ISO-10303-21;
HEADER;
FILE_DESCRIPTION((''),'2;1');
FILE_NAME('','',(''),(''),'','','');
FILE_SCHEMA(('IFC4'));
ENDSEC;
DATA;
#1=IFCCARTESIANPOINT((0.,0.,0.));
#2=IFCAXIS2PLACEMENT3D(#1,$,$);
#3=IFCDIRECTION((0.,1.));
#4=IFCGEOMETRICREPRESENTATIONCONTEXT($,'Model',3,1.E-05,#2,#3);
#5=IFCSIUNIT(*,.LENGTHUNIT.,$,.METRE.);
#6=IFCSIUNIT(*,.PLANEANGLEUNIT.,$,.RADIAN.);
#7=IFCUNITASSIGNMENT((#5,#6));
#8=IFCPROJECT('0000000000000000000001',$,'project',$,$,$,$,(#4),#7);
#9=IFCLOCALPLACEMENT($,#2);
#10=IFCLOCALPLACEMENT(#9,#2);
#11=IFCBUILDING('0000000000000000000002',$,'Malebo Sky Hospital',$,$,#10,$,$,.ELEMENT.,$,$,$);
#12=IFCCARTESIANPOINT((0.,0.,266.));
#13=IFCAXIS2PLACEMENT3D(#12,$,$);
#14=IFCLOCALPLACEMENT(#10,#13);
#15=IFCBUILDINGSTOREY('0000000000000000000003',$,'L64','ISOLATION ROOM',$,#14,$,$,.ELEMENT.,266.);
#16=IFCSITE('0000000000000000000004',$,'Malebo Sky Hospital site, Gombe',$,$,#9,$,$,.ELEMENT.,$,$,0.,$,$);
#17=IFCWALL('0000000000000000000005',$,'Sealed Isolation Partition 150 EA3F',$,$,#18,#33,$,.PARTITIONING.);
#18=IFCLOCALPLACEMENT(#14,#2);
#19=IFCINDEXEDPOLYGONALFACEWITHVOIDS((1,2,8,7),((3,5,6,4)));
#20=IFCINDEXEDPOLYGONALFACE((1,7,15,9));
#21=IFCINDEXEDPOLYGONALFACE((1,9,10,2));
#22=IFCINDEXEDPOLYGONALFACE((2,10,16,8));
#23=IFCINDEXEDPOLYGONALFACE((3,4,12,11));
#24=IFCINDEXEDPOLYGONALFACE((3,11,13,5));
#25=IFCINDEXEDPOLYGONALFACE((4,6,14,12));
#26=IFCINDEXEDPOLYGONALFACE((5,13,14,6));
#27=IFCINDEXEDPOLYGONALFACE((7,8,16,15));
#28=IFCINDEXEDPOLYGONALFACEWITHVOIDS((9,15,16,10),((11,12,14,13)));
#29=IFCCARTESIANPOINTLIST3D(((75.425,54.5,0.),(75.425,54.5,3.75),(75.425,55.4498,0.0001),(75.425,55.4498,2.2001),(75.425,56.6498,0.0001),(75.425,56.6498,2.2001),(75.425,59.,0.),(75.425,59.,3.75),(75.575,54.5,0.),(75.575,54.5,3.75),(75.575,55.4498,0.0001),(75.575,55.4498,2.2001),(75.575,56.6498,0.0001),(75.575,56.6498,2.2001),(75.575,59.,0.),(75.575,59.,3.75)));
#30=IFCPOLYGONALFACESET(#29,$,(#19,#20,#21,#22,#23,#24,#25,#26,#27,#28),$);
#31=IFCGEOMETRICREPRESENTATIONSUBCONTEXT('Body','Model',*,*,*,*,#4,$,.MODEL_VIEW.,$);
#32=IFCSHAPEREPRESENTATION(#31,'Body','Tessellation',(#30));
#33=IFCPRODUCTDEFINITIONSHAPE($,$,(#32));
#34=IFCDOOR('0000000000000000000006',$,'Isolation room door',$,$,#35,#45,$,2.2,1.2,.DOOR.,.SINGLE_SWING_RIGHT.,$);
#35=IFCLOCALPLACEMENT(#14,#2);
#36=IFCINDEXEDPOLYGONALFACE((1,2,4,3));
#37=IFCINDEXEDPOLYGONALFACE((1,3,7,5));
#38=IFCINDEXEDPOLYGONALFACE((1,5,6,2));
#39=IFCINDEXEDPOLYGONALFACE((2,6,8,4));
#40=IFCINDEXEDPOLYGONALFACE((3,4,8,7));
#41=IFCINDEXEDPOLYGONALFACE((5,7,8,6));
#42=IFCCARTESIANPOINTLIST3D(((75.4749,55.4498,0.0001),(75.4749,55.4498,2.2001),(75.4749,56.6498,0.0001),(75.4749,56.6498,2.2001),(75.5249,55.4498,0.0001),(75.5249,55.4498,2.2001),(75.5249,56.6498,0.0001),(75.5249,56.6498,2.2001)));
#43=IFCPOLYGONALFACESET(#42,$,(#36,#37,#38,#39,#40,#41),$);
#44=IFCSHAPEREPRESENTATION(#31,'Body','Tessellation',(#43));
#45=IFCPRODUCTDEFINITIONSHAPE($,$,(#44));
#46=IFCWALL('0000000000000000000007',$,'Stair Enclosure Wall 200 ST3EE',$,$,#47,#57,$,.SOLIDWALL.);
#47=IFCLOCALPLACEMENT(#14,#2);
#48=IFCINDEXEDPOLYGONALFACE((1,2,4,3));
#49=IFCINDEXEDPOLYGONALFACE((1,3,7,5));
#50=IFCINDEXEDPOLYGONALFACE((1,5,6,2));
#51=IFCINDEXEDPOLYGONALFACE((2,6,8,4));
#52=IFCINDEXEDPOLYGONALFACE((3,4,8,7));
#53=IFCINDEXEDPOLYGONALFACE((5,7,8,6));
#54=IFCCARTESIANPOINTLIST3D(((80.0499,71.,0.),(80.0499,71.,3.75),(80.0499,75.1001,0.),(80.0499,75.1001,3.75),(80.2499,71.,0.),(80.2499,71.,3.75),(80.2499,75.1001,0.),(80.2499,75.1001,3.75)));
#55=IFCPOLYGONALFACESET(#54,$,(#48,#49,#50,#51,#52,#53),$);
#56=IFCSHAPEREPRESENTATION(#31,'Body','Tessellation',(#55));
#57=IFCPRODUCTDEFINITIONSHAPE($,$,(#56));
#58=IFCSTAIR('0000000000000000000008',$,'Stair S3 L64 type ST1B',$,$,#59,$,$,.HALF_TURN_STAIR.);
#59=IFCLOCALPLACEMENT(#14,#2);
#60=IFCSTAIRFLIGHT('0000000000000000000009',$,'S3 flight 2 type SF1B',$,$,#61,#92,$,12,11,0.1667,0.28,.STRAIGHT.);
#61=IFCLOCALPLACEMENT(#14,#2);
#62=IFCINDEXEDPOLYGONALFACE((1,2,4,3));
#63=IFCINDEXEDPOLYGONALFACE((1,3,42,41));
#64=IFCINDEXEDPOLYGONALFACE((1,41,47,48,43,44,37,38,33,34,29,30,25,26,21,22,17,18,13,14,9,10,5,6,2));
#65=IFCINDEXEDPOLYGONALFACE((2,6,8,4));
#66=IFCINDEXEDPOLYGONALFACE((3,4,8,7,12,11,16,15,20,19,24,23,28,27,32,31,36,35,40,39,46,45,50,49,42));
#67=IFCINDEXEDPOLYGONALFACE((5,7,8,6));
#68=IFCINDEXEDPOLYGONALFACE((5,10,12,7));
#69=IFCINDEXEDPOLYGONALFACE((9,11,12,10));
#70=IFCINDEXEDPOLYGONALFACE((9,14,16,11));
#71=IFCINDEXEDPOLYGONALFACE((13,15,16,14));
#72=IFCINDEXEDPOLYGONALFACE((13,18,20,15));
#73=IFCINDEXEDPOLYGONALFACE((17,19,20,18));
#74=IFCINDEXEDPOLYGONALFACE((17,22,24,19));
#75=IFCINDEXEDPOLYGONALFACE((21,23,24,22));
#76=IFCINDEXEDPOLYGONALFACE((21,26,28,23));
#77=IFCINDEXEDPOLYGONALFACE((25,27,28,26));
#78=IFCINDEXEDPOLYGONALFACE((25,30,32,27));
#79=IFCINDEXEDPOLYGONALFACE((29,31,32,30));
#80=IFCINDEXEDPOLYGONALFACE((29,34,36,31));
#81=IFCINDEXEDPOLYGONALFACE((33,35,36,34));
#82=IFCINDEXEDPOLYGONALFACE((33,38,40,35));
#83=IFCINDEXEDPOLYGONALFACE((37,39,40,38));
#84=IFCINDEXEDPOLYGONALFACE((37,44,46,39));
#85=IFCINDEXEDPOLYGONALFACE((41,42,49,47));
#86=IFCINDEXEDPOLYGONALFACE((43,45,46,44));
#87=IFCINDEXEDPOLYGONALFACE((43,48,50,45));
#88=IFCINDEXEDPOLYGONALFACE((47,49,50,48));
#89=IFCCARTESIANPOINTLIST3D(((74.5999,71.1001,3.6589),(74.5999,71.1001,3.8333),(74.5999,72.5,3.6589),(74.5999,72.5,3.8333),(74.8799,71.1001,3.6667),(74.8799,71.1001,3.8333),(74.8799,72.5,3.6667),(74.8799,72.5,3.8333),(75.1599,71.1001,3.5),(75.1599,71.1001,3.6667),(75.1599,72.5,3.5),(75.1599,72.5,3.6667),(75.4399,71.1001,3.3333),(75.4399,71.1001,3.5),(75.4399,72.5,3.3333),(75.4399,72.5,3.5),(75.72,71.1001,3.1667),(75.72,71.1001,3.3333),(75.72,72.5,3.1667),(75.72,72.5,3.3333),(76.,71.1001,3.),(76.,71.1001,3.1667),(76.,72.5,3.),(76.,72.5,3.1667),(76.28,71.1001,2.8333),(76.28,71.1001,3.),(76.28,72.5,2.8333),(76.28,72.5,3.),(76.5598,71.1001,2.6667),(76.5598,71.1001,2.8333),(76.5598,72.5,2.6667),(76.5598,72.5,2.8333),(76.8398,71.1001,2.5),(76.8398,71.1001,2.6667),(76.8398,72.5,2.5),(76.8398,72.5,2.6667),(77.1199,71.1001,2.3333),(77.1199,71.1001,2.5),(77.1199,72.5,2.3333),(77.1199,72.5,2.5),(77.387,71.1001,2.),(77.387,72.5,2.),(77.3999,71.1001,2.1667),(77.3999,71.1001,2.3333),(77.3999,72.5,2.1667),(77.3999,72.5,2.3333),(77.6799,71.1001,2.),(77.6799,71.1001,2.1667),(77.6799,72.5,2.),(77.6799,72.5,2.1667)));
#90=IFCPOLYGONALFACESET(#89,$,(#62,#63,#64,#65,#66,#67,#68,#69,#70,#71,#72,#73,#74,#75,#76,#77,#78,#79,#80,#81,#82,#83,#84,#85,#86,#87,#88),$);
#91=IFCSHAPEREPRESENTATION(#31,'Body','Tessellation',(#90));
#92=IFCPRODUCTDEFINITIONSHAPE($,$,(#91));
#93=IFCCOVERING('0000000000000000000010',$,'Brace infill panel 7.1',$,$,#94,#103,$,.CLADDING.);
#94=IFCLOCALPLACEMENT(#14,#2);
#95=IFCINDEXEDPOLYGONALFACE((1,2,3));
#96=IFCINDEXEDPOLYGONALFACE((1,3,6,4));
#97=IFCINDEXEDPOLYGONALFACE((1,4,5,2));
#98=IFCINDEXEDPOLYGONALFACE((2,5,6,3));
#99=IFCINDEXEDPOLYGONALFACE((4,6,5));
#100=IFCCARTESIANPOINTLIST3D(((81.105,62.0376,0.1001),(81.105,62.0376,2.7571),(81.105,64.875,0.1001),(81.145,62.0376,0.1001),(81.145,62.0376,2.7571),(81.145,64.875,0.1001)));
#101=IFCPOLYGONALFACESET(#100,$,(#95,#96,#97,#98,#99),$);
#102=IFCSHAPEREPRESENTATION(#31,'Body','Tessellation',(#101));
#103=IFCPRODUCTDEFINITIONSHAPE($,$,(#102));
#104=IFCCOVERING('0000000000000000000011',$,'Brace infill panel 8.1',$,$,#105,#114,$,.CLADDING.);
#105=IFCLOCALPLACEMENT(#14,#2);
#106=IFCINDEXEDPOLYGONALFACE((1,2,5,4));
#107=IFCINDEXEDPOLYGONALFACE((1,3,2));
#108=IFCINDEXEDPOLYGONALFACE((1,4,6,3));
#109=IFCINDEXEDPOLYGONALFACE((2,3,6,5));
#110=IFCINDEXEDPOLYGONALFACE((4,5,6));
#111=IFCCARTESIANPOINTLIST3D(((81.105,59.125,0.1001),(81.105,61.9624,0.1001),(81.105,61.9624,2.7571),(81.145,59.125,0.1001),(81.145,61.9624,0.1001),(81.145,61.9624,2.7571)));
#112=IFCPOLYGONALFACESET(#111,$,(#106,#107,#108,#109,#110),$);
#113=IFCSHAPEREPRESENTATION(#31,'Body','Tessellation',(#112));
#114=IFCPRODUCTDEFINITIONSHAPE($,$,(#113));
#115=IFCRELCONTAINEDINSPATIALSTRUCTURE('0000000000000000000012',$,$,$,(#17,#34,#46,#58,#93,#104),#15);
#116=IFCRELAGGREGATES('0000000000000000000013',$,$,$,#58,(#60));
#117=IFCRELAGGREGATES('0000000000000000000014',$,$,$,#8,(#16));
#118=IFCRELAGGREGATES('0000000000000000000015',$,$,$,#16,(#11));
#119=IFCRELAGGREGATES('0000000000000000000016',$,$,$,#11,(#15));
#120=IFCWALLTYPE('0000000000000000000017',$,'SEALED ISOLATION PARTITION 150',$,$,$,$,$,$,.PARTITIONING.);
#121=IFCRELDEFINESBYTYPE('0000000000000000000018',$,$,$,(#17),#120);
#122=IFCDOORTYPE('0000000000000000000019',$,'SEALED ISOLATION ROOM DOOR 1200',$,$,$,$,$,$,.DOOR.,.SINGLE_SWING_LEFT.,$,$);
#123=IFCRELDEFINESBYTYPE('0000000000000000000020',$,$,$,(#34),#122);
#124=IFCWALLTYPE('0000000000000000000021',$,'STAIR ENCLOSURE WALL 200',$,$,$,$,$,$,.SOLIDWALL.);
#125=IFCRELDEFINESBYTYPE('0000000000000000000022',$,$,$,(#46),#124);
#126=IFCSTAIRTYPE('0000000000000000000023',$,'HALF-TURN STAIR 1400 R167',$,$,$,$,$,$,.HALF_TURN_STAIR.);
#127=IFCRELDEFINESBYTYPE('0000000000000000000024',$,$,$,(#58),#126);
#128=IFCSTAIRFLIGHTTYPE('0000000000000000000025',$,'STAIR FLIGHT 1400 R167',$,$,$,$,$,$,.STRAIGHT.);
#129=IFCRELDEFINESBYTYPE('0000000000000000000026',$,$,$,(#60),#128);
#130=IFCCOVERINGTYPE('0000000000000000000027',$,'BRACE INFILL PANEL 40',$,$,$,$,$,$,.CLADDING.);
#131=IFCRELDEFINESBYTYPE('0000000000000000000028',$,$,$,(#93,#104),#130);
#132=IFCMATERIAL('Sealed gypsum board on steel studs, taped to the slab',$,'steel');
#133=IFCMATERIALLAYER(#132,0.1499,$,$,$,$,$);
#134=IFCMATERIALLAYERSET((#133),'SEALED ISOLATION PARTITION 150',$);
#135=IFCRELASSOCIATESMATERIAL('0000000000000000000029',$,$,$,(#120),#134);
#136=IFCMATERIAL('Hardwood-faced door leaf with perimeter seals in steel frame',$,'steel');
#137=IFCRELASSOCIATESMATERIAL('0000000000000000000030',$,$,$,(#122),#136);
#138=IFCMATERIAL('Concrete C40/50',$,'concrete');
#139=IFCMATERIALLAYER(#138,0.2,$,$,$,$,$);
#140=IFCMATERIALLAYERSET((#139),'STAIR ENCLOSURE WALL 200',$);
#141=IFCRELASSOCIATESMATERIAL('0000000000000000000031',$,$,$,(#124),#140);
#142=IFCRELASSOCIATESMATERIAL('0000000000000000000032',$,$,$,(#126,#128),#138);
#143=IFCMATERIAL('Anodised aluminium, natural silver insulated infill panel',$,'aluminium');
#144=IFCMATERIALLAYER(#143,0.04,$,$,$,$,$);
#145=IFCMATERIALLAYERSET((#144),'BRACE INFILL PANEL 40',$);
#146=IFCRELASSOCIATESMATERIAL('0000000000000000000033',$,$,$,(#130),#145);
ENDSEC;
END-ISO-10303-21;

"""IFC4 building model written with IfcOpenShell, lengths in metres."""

from ifc_helpers import new_model, si_unit, direction, frame, frame_2d, origin, place, context, subcontext, project, spatial, polyline, rectangle, outline, extrude, material, layer, layer_set, type_object, element, fill, aggregate, save


model = new_model("IFC4")

# Units and contexts
model_context = context("Model", 3, precision=1e-05, world=origin(), true_north=direction((0.0, 1.0)))
body_context = subcontext(model_context, "Body", "Model", "MODEL_VIEW")
ifc_project = project(units=[si_unit("LENGTHUNIT", "METRE"), si_unit("PLANEANGLEUNIT", "RADIAN")], contexts=[model_context])

# Site, building, storey
site_placement = place(None, origin())
site = spatial("IfcSite", under=ifc_project, at=site_placement, Name="Malebo Sky Hospital site, Gombe", CompositionType="ELEMENT", RefElevation=0.0)
building_placement = place(site_placement, origin())
building = spatial("IfcBuilding", under=site, at=building_placement, Name="Malebo Sky Hospital", CompositionType="ELEMENT")
storey_placement = place(building_placement, frame((0.0, 0.0, 266.0)))
storey = spatial("IfcBuildingStorey", under=building, at=storey_placement, Name="L64", Description="ISOLATION ROOM", CompositionType="ELEMENT", Elevation=266.0)

# Wall, opening, door
ifc_material_1 = material(Name="Sealed gypsum board on steel studs, taped to the slab", Category="steel")
ifc_layer_1 = layer(ifc_material_1, 0.1499)
ifc_layer_set_1 = layer_set([ifc_layer_1], Name="SEALED ISOLATION PARTITION 150")
wall_type_1 = type_object("IfcWallType", Name="SEALED ISOLATION PARTITION 150", PredefinedType="PARTITIONING", material=ifc_layer_set_1)
wall_1_placement = place(storey_placement, frame((75.5, 59.0, 0.0), z_axis=(0.0, 0.0, 1.0), x_axis=(0.0, -1.0, 0.0)))
wall_1 = element("IfcWall", 1, at=wall_1_placement, inside=storey, type_object=wall_type_1, Name="Sealed Isolation Partition 150 EA3F", PredefinedType="PARTITIONING", context=body_context, shape_type="SweptSolid", body=[
    extrude(rectangle(XDim=4.5, YDim=0.1499, at=frame_2d((2.25, 0.0))), origin(), (0.0, 0.0, 1.0), 3.75),
])
opening_1_placement = place(wall_1_placement, frame((2.3501, 0.0, 0.0)))
opening_1 = element("IfcOpeningElement", 2, at=opening_1_placement, cuts=wall_1, PredefinedType="OPENING", context=body_context, shape_type="SweptSolid", body=[
    extrude(rectangle(XDim=1.2, YDim=2.2, at=frame_2d((0.6001, 1.1001))), frame((0.0, 0.085, 0.0), z_axis=(0.0, -1.0, 0.0), x_axis=(1.0, 0.0, 0.0)), (0.0, 0.0, 1.0), 0.1699),
])
ifc_material_2 = material(Name="Hardwood-faced door leaf with perimeter seals in steel frame", Category="steel")
door_type_1 = type_object("IfcDoorType", Name="SEALED ISOLATION ROOM DOOR 1200", OperationType="SINGLE_SWING_LEFT", PredefinedType="DOOR", material=ifc_material_2)
door_1_placement = place(opening_1_placement, origin())
door_1 = element("IfcDoor", 3, at=door_1_placement, inside=storey, type_object=door_type_1, Name="Isolation room door", OperationType="SINGLE_SWING_RIGHT", OverallHeight=2.2, OverallWidth=1.2, PredefinedType="DOOR", context=body_context, shape_type="SweptSolid", body=[
    extrude(rectangle(XDim=1.2, YDim=2.2, at=frame_2d((0.6001, 1.1001))), frame((0.0, 0.0249, 0.0), z_axis=(0.0, -1.0, 0.0), x_axis=(1.0, 0.0, 0.0)), (0.0, 0.0, 1.0), 0.05),
])
fill(opening_1, door_1)

# Wall
ifc_material_3 = material(Name="Concrete C40/50", Category="concrete")
ifc_layer_2 = layer(ifc_material_3, 0.2)
ifc_layer_set_2 = layer_set([ifc_layer_2], Name="STAIR ENCLOSURE WALL 200")
wall_type_2 = type_object("IfcWallType", Name="STAIR ENCLOSURE WALL 200", PredefinedType="SOLIDWALL", material=ifc_layer_set_2)
wall_2_placement = place(storey_placement, frame((80.1499, 71.0, 0.0), z_axis=(0.0, 0.0, 1.0), x_axis=(0.0, 1.0, 0.0)))
element("IfcWall", 4, at=wall_2_placement, inside=storey, type_object=wall_type_2, Name="Stair Enclosure Wall 200 ST3EE", PredefinedType="SOLIDWALL", context=body_context, shape_type="SweptSolid", body=[
    extrude(rectangle(XDim=4.1001, YDim=0.2, at=frame_2d((2.05, 0.0))), origin(), (0.0, 0.0, 1.0), 3.75),
])

# Stair, stair flight
stair_type = type_object("IfcStairType", Name="HALF-TURN STAIR 1400 R167", PredefinedType="HALF_TURN_STAIR", material=ifc_material_3)
stair_placement = place(storey_placement, origin())
stair = element("IfcStair", 5, at=stair_placement, inside=storey, type_object=stair_type, Name="Stair S3 L64 type ST1B", PredefinedType="HALF_TURN_STAIR")
stair_flight_type = type_object("IfcStairFlightType", Name="STAIR FLIGHT 1400 R167", PredefinedType="STRAIGHT", material=ifc_material_3)
stair_flight_placement = place(storey_placement, frame((77.6799, 71.8, 2.0), z_axis=(0.0, 0.0, 1.0), x_axis=(-1.0, 0.0, 0.0)))
stair_flight = element("IfcStairFlight", 6, at=stair_flight_placement, type_object=stair_flight_type, Name="S3 flight 2 type SF1B", NumberOfRisers=12, NumberOfTreads=11, PredefinedType="STRAIGHT", RiserHeight=0.1667, TreadLength=0.28, context=body_context, shape_type="SweptSolid", body=[
    extrude(outline(polyline([(0.0, 0.0), (0.0, 0.1667), (0.28, 0.1667), (0.28, 0.3333), (0.5601, 0.3333), (0.5601, 0.5), (0.8401, 0.5), (0.8401, 0.6667), (1.1201, 0.6667), (1.1201, 0.8333), (1.3999, 0.8333), (1.3999, 1.0), (1.6799, 1.0), (1.6799, 1.1667), (1.96, 1.1667), (1.96, 1.3333), (2.24, 1.3333), (2.24, 1.5), (2.52, 1.5), (2.52, 1.6667), (2.8, 1.6667), (2.8, 1.8333), (3.0801, 1.8333), (3.0801, 2.0), (3.0801, 1.6589), (0.293, 0.0), (0.0, 0.0)])), frame((0.0, 0.7, 0.0), z_axis=(0.0, -1.0, 0.0), x_axis=(1.0, 0.0, 0.0)), (0.0, 0.0, 1.0), 1.3999),
])
aggregate(stair, [stair_flight])

# Coverings
ifc_material_4 = material(Name="Anodised aluminium, natural silver insulated infill panel", Category="aluminium")
ifc_layer_3 = layer(ifc_material_4, 0.04)
ifc_layer_set_3 = layer_set([ifc_layer_3], Name="BRACE INFILL PANEL 40")
covering_type = type_object("IfcCoveringType", Name="BRACE INFILL PANEL 40", PredefinedType="CLADDING", material=ifc_layer_set_3)
covering_1_placement = place(storey_placement, frame((81.125, 63.4563, 0.1001), z_axis=(0.0, 0.0, 1.0), x_axis=(0.0, -1.0, 0.0)))
element("IfcCovering", 7, at=covering_1_placement, inside=storey, type_object=covering_type, Name="Brace infill panel 7.1", PredefinedType="CLADDING", context=body_context, shape_type="SweptSolid", body=[
    extrude(outline(polyline([(-1.4187, 0.0), (1.4187, 0.0), (1.4187, 2.657), (-1.4187, 0.0)])), frame((0.0, 0.02, 0.0), z_axis=(0.0, -1.0, 0.0), x_axis=(1.0, 0.0, 0.0)), (0.0, 0.0, 1.0), 0.04),
])
covering_2_placement = place(storey_placement, frame((81.125, 60.5437, 0.1001), z_axis=(0.0, 0.0, 1.0), x_axis=(0.0, -1.0, 0.0)))
element("IfcCovering", 8, at=covering_2_placement, inside=storey, type_object=covering_type, Name="Brace infill panel 8.1", PredefinedType="CLADDING", context=body_context, shape_type="SweptSolid", body=[
    extrude(outline(polyline([(-1.4187, 0.0), (1.4187, 0.0), (-1.4187, 2.657), (-1.4187, 0.0)])), frame((0.0, 0.02, 0.0), z_axis=(0.0, -1.0, 0.0), x_axis=(1.0, 0.0, 0.0)), (0.0, 0.0, 1.0), 0.04),
])

save(model, "model.ifc")
